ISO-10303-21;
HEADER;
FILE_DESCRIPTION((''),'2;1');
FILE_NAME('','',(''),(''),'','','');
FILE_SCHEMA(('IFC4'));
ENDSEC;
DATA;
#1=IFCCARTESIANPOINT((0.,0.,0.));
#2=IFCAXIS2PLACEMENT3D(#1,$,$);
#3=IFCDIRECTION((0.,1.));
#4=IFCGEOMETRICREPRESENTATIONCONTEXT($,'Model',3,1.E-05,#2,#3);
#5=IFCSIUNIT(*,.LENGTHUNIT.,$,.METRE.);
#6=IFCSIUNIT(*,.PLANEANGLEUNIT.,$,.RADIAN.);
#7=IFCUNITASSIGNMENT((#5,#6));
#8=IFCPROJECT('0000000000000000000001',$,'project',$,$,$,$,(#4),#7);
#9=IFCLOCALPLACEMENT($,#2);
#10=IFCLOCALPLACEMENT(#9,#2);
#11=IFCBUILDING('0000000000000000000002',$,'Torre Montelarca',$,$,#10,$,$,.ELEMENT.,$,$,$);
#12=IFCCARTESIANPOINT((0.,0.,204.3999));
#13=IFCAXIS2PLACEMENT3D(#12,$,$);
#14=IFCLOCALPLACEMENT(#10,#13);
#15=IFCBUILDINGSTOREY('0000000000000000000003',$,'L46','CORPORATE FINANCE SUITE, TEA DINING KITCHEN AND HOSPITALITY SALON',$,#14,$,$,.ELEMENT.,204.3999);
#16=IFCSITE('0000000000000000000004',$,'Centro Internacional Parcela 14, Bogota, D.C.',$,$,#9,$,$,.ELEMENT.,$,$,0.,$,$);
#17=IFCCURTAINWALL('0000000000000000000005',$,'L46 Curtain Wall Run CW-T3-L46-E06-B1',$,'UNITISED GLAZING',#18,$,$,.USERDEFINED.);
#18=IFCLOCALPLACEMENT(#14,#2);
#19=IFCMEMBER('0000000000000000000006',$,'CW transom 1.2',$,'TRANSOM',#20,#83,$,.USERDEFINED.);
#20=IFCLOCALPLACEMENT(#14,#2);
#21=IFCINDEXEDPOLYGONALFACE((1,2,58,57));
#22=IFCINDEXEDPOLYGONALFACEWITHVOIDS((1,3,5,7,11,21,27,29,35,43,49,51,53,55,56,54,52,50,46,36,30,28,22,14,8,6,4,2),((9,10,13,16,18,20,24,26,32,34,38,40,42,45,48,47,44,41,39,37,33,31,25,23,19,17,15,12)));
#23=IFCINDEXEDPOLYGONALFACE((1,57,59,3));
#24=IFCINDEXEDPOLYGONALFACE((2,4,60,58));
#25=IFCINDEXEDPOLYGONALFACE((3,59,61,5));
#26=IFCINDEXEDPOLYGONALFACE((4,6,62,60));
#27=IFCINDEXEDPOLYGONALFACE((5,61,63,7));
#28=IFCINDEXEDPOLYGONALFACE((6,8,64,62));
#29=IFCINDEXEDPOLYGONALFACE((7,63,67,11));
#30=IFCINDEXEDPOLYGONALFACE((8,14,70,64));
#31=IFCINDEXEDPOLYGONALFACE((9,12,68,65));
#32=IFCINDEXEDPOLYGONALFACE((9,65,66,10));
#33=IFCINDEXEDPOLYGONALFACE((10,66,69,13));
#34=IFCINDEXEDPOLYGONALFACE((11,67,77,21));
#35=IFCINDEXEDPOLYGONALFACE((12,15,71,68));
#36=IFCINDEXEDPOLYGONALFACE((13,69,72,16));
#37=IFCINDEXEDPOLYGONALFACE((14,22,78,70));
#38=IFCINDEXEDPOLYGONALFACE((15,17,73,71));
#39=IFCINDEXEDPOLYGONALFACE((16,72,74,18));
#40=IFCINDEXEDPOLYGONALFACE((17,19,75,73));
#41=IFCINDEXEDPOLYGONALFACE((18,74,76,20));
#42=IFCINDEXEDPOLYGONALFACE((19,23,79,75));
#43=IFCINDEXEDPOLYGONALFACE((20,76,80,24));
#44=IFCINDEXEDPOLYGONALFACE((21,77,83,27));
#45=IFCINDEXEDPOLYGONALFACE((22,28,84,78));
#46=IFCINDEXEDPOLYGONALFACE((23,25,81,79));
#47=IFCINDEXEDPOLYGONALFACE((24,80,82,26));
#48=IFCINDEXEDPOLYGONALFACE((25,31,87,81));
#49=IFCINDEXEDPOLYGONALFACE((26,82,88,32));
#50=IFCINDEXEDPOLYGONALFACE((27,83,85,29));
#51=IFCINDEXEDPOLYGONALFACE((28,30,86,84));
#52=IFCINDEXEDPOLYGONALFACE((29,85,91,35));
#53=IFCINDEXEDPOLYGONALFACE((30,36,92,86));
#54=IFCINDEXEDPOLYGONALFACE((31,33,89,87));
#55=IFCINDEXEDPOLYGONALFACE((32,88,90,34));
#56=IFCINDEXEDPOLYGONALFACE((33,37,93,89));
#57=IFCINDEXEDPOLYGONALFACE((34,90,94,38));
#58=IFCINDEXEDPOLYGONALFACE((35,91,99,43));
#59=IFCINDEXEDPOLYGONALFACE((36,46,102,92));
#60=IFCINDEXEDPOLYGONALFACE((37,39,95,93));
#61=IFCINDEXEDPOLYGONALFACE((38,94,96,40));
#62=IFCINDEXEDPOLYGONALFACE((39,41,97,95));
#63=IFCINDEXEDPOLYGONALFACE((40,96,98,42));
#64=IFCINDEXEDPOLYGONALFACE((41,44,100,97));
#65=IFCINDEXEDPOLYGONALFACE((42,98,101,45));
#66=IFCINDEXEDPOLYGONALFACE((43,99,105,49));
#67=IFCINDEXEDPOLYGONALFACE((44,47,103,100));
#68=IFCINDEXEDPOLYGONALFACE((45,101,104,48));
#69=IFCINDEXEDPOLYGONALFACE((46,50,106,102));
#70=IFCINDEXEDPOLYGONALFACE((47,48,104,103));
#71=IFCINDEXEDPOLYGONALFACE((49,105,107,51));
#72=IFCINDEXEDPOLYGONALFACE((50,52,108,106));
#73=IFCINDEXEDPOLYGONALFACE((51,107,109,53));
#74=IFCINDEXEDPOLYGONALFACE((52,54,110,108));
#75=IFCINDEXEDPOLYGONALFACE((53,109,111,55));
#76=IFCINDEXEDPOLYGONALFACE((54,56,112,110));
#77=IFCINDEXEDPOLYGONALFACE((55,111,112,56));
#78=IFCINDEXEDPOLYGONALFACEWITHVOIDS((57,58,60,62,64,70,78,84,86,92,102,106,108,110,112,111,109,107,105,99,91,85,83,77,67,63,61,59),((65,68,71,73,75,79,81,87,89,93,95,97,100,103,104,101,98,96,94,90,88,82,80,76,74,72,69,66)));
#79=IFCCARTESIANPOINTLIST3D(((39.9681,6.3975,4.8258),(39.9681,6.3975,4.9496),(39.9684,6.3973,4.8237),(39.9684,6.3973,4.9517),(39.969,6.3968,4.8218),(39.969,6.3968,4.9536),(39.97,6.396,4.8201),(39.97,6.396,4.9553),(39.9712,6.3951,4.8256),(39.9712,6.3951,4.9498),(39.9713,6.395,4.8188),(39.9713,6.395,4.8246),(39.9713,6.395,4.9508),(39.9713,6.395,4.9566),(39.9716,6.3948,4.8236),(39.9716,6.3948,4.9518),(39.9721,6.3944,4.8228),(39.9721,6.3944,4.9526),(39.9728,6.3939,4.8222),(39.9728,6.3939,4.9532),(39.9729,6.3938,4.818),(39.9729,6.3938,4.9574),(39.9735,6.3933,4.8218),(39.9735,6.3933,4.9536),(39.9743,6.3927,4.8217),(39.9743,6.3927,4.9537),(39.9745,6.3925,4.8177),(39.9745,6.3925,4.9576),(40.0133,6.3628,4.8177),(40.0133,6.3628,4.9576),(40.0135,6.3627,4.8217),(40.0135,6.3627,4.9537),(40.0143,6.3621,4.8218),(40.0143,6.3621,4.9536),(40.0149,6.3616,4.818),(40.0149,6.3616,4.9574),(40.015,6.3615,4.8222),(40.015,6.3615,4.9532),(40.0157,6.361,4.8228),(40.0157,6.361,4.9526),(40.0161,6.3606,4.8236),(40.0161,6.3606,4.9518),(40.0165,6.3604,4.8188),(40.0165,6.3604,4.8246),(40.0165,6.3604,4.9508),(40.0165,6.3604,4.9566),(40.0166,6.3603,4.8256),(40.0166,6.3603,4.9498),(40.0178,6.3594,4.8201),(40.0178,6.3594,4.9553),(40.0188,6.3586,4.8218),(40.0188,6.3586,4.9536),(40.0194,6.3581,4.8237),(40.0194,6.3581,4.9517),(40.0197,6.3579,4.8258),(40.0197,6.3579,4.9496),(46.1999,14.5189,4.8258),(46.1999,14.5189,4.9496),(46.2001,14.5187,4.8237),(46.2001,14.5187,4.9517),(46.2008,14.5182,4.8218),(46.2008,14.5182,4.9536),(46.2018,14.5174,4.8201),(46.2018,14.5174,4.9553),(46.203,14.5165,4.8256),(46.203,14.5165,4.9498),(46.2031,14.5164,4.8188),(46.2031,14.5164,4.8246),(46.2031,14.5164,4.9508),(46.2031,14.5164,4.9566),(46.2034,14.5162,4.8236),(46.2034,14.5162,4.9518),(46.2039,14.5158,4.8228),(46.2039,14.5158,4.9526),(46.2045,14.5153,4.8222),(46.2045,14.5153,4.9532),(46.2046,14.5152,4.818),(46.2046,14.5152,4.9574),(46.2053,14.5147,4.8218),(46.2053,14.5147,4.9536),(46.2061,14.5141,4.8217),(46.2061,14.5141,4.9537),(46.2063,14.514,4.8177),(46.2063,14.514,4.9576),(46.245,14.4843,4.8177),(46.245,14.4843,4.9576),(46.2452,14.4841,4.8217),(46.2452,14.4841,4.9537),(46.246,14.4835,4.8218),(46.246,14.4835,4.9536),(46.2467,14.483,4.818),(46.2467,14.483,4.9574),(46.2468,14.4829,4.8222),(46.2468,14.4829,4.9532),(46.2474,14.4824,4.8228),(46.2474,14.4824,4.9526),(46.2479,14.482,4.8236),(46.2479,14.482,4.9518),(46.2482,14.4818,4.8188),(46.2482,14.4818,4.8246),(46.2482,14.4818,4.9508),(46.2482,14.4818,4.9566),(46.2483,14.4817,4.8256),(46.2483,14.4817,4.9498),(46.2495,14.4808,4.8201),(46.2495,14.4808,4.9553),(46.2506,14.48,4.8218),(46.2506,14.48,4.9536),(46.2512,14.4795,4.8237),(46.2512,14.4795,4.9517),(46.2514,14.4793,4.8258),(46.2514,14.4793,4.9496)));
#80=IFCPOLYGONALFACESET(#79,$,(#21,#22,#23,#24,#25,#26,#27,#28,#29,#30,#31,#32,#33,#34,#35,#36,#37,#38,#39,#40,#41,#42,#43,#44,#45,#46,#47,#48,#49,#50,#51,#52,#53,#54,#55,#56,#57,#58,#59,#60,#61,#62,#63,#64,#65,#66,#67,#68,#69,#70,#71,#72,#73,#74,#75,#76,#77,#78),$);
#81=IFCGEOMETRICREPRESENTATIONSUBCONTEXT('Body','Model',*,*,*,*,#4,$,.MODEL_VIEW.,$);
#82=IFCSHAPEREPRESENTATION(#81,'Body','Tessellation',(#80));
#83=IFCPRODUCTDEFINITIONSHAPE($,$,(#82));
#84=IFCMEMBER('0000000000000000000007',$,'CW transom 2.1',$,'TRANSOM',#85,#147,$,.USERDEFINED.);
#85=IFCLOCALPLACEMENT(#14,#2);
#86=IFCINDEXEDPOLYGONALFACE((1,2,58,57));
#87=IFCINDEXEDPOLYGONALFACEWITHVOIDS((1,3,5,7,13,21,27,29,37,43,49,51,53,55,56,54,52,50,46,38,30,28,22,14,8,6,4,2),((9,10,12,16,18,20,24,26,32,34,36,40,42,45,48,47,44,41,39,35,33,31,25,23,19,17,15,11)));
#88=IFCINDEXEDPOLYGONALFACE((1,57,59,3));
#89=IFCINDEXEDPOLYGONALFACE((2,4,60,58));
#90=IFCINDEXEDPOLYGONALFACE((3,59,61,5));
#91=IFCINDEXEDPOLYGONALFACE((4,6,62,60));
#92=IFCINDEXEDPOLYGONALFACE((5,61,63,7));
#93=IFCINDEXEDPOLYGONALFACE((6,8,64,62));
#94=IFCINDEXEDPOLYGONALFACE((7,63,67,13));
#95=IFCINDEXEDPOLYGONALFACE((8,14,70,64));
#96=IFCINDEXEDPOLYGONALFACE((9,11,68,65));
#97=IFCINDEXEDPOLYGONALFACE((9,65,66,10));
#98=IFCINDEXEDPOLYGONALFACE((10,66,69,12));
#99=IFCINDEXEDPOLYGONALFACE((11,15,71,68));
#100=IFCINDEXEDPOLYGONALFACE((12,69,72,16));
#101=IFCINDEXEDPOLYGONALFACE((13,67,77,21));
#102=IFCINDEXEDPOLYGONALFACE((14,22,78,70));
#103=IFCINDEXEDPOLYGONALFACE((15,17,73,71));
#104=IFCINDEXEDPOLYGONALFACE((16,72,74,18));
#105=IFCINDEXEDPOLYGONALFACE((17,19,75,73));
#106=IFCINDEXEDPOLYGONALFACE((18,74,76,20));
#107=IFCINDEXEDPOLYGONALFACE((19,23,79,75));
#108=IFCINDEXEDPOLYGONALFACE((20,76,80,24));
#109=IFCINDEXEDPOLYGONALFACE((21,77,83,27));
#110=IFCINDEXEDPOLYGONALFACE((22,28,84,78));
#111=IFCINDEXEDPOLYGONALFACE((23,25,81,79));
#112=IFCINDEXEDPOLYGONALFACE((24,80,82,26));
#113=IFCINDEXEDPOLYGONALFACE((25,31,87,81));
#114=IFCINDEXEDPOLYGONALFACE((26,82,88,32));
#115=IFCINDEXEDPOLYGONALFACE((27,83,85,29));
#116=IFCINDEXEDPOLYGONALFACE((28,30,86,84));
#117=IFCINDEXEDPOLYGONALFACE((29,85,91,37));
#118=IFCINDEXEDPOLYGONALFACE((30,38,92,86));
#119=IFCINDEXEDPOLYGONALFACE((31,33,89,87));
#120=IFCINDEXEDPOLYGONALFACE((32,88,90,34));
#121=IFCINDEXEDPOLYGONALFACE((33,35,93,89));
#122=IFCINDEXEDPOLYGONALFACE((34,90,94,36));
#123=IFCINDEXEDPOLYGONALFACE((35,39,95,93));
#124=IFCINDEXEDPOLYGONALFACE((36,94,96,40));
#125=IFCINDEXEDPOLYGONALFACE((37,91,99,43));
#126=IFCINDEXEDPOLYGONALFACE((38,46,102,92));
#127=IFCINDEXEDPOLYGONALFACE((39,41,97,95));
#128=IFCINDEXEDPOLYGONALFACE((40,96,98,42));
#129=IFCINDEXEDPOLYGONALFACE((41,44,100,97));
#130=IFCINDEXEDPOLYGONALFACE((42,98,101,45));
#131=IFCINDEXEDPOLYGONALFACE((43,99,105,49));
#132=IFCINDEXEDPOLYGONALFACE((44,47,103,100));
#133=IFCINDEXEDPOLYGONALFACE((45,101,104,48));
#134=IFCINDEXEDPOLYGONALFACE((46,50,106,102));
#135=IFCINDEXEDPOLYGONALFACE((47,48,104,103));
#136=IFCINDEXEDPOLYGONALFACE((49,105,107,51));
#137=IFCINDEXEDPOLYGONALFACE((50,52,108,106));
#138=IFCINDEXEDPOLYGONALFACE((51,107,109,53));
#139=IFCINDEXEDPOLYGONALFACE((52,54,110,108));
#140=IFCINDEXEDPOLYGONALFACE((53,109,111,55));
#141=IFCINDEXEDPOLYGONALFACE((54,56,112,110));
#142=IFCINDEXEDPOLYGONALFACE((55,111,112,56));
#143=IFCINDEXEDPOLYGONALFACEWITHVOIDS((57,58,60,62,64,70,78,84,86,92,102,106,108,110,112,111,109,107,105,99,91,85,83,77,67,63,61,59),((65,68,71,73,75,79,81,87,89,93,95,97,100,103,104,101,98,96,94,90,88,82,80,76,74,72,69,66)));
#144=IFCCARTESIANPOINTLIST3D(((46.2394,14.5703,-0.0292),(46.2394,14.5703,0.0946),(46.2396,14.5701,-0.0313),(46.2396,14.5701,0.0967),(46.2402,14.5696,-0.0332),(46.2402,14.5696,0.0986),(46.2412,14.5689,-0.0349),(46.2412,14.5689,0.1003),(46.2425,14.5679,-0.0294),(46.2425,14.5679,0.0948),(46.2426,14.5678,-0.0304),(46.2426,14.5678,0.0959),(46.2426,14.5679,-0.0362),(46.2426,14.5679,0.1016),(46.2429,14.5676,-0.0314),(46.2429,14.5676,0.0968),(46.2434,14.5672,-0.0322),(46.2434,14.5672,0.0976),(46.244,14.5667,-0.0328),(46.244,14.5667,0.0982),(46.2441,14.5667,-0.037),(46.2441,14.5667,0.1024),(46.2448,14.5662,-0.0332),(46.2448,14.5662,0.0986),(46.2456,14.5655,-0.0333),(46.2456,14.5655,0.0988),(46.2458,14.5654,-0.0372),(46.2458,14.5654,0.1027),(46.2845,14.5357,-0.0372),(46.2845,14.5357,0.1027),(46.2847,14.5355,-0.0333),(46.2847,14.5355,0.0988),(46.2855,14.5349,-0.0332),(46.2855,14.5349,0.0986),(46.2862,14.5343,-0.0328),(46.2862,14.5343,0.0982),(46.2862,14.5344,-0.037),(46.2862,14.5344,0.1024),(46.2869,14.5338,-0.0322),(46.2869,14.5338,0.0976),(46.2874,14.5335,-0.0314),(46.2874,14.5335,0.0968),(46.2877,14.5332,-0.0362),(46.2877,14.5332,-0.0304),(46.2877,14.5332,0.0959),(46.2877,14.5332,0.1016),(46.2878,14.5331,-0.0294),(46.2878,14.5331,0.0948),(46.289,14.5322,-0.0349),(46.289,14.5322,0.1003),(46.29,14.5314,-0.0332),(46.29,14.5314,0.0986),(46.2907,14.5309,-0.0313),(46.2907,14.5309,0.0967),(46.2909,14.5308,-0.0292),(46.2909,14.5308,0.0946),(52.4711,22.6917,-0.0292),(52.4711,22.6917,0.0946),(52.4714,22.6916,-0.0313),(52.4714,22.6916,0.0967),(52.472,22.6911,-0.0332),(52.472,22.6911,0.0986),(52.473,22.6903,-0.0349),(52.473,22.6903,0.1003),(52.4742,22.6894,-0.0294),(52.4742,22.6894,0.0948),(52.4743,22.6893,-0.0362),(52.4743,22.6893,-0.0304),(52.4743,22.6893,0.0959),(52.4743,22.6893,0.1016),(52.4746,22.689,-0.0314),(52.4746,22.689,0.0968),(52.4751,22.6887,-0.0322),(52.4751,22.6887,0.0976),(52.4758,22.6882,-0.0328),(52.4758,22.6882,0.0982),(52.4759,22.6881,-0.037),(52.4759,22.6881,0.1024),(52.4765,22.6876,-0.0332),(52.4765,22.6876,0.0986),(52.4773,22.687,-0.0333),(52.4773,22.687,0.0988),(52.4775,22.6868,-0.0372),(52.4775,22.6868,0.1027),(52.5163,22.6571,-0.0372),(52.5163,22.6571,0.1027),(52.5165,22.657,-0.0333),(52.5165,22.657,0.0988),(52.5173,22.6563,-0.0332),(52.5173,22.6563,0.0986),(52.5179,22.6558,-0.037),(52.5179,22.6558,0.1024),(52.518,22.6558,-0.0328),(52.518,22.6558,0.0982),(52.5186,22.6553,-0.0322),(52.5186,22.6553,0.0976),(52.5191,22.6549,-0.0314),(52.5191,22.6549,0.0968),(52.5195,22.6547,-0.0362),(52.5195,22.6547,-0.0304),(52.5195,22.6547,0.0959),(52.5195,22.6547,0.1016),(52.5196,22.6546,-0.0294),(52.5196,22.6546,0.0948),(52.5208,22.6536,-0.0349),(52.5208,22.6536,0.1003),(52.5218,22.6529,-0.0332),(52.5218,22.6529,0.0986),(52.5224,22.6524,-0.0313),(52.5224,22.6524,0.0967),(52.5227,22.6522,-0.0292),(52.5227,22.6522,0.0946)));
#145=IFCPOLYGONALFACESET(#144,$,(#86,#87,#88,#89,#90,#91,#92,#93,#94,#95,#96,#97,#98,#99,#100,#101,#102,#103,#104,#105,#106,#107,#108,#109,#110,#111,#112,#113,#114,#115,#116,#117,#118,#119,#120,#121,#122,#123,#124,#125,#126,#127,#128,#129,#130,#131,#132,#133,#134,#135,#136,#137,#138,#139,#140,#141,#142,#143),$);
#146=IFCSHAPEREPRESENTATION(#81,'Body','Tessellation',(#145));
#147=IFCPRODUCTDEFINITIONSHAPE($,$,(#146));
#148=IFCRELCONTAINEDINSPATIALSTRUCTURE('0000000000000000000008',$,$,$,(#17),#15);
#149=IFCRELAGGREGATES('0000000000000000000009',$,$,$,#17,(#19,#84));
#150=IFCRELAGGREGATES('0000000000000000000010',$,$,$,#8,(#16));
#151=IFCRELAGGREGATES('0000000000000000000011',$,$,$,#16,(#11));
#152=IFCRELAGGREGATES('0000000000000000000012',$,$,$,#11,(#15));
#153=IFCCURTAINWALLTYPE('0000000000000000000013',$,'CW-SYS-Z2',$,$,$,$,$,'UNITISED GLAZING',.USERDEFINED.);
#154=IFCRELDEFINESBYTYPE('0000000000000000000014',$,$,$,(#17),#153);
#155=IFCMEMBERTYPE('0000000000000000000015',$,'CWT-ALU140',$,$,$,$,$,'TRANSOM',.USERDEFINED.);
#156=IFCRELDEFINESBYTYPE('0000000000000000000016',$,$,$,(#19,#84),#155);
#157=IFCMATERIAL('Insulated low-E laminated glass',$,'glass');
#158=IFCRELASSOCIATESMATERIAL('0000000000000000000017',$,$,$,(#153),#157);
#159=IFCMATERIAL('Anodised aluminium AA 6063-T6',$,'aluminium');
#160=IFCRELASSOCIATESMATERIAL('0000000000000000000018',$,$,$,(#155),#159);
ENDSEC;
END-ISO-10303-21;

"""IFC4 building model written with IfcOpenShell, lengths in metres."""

from ifc_helpers import new_model, si_unit, direction, frame, origin, origin_2d, place, context, subcontext, project, spatial, hollow_rectangle, extrude, source, transform, mapped, material, material_profile, profile_set, type_object, element, aggregate, save


model = new_model("IFC4")

# Units and contexts
model_context = context("Model", 3, precision=1e-05, world=origin(), true_north=direction((0.0, 1.0)))
body_context = subcontext(model_context, "Body", "Model", "MODEL_VIEW")
ifc_project = project(units=[si_unit("LENGTHUNIT", "METRE"), si_unit("PLANEANGLEUNIT", "RADIAN")], contexts=[model_context])

# Site, building, storey
site_placement = place(None, origin())
site = spatial("IfcSite", under=ifc_project, at=site_placement, Name="Centro Internacional Parcela 14, Bogota, D.C.", CompositionType="ELEMENT", RefElevation=0.0)
building_placement = place(site_placement, origin())
building = spatial("IfcBuilding", under=site, at=building_placement, Name="Torre Montelarca", CompositionType="ELEMENT")
storey_placement = place(building_placement, frame((0.0, 0.0, 204.3999)))
storey = spatial("IfcBuildingStorey", under=building, at=storey_placement, Name="L46", Description="CORPORATE FINANCE SUITE, TEA DINING KITCHEN AND HOSPITALITY SALON", CompositionType="ELEMENT", Elevation=204.3999)

# Curtain wall, members
ifc_material_1 = material(Name="Insulated low-E laminated glass", Category="glass")
curtain_wall_type = type_object("IfcCurtainWallType", Name="CW-SYS-Z2", ElementType="UNITISED GLAZING", PredefinedType="USERDEFINED", material=ifc_material_1)
ifc_material_2 = material(Name="Anodised aluminium AA 6063-T6", Category="aluminium")
ifc_material_profile_1 = material_profile(ifc_material_2, hollow_rectangle(XDim=0.0649, YDim=0.1399, WallThickness=0.0039, InnerFilletRadius=0.0039, OuterFilletRadius=0.0081, at=origin_2d()), Name="ALU65X140X4", Category="aluminium")
ifc_profile_set_1 = profile_set([ifc_material_profile_1], Name="Anodised aluminium AA 6063-T6")
member_type_1 = type_object("IfcMemberType", Name="CWT-ALU140", ElementType="TRANSOM", PredefinedType="USERDEFINED", material=ifc_profile_set_1)
curtain_wall_1_placement = place(storey_placement, origin())
curtain_wall_1 = element("IfcCurtainWall", 1, at=curtain_wall_1_placement, inside=storey, type_object=curtain_wall_type, Name="L46 Curtain Wall Run CW-T3-L46-E06-B1", ObjectType="UNITISED GLAZING", PredefinedType="USERDEFINED")
shared_shape_1 = source(origin(), body_context, "Body", "SweptSolid", [
    extrude(hollow_rectangle(XDim=0.0649, YDim=0.1399, WallThickness=0.0039, InnerFilletRadius=0.0039, OuterFilletRadius=0.0081, at=origin_2d()), origin(), (0.0, 0.0, 1.0), 10.2368),
])
member_1_placement = place(storey_placement, frame((39.9939, 6.3777, 4.8877), z_axis=(0.608759, 0.793355, 0.0), x_axis=(-0.793355, 0.608759, 0.0)))
member_1 = element("IfcMember", 2, at=member_1_placement, type_object=member_type_1, Name="CW transom 1.2", ObjectType="TRANSOM", PredefinedType="USERDEFINED", context=body_context, shape_type="MappedRepresentation", body=[
    mapped(shared_shape_1, transform((0.0, 0.0, 0.0), scale=1.0)),
])
member_2_placement = place(storey_placement, frame((46.2651, 14.5505, 0.0327), z_axis=(0.608759, 0.793355, 0.0), x_axis=(-0.793355, 0.608759, 0.0)))
member_2 = element("IfcMember", 3, at=member_2_placement, type_object=member_type_1, Name="CW transom 2.1", ObjectType="TRANSOM", PredefinedType="USERDEFINED", context=body_context, shape_type="MappedRepresentation", body=[
    mapped(shared_shape_1, transform((0.0, 0.0, 0.0), scale=1.0)),
])

aggregate(curtain_wall_1, [member_1, member_2])

save(model, "model.ifc")
